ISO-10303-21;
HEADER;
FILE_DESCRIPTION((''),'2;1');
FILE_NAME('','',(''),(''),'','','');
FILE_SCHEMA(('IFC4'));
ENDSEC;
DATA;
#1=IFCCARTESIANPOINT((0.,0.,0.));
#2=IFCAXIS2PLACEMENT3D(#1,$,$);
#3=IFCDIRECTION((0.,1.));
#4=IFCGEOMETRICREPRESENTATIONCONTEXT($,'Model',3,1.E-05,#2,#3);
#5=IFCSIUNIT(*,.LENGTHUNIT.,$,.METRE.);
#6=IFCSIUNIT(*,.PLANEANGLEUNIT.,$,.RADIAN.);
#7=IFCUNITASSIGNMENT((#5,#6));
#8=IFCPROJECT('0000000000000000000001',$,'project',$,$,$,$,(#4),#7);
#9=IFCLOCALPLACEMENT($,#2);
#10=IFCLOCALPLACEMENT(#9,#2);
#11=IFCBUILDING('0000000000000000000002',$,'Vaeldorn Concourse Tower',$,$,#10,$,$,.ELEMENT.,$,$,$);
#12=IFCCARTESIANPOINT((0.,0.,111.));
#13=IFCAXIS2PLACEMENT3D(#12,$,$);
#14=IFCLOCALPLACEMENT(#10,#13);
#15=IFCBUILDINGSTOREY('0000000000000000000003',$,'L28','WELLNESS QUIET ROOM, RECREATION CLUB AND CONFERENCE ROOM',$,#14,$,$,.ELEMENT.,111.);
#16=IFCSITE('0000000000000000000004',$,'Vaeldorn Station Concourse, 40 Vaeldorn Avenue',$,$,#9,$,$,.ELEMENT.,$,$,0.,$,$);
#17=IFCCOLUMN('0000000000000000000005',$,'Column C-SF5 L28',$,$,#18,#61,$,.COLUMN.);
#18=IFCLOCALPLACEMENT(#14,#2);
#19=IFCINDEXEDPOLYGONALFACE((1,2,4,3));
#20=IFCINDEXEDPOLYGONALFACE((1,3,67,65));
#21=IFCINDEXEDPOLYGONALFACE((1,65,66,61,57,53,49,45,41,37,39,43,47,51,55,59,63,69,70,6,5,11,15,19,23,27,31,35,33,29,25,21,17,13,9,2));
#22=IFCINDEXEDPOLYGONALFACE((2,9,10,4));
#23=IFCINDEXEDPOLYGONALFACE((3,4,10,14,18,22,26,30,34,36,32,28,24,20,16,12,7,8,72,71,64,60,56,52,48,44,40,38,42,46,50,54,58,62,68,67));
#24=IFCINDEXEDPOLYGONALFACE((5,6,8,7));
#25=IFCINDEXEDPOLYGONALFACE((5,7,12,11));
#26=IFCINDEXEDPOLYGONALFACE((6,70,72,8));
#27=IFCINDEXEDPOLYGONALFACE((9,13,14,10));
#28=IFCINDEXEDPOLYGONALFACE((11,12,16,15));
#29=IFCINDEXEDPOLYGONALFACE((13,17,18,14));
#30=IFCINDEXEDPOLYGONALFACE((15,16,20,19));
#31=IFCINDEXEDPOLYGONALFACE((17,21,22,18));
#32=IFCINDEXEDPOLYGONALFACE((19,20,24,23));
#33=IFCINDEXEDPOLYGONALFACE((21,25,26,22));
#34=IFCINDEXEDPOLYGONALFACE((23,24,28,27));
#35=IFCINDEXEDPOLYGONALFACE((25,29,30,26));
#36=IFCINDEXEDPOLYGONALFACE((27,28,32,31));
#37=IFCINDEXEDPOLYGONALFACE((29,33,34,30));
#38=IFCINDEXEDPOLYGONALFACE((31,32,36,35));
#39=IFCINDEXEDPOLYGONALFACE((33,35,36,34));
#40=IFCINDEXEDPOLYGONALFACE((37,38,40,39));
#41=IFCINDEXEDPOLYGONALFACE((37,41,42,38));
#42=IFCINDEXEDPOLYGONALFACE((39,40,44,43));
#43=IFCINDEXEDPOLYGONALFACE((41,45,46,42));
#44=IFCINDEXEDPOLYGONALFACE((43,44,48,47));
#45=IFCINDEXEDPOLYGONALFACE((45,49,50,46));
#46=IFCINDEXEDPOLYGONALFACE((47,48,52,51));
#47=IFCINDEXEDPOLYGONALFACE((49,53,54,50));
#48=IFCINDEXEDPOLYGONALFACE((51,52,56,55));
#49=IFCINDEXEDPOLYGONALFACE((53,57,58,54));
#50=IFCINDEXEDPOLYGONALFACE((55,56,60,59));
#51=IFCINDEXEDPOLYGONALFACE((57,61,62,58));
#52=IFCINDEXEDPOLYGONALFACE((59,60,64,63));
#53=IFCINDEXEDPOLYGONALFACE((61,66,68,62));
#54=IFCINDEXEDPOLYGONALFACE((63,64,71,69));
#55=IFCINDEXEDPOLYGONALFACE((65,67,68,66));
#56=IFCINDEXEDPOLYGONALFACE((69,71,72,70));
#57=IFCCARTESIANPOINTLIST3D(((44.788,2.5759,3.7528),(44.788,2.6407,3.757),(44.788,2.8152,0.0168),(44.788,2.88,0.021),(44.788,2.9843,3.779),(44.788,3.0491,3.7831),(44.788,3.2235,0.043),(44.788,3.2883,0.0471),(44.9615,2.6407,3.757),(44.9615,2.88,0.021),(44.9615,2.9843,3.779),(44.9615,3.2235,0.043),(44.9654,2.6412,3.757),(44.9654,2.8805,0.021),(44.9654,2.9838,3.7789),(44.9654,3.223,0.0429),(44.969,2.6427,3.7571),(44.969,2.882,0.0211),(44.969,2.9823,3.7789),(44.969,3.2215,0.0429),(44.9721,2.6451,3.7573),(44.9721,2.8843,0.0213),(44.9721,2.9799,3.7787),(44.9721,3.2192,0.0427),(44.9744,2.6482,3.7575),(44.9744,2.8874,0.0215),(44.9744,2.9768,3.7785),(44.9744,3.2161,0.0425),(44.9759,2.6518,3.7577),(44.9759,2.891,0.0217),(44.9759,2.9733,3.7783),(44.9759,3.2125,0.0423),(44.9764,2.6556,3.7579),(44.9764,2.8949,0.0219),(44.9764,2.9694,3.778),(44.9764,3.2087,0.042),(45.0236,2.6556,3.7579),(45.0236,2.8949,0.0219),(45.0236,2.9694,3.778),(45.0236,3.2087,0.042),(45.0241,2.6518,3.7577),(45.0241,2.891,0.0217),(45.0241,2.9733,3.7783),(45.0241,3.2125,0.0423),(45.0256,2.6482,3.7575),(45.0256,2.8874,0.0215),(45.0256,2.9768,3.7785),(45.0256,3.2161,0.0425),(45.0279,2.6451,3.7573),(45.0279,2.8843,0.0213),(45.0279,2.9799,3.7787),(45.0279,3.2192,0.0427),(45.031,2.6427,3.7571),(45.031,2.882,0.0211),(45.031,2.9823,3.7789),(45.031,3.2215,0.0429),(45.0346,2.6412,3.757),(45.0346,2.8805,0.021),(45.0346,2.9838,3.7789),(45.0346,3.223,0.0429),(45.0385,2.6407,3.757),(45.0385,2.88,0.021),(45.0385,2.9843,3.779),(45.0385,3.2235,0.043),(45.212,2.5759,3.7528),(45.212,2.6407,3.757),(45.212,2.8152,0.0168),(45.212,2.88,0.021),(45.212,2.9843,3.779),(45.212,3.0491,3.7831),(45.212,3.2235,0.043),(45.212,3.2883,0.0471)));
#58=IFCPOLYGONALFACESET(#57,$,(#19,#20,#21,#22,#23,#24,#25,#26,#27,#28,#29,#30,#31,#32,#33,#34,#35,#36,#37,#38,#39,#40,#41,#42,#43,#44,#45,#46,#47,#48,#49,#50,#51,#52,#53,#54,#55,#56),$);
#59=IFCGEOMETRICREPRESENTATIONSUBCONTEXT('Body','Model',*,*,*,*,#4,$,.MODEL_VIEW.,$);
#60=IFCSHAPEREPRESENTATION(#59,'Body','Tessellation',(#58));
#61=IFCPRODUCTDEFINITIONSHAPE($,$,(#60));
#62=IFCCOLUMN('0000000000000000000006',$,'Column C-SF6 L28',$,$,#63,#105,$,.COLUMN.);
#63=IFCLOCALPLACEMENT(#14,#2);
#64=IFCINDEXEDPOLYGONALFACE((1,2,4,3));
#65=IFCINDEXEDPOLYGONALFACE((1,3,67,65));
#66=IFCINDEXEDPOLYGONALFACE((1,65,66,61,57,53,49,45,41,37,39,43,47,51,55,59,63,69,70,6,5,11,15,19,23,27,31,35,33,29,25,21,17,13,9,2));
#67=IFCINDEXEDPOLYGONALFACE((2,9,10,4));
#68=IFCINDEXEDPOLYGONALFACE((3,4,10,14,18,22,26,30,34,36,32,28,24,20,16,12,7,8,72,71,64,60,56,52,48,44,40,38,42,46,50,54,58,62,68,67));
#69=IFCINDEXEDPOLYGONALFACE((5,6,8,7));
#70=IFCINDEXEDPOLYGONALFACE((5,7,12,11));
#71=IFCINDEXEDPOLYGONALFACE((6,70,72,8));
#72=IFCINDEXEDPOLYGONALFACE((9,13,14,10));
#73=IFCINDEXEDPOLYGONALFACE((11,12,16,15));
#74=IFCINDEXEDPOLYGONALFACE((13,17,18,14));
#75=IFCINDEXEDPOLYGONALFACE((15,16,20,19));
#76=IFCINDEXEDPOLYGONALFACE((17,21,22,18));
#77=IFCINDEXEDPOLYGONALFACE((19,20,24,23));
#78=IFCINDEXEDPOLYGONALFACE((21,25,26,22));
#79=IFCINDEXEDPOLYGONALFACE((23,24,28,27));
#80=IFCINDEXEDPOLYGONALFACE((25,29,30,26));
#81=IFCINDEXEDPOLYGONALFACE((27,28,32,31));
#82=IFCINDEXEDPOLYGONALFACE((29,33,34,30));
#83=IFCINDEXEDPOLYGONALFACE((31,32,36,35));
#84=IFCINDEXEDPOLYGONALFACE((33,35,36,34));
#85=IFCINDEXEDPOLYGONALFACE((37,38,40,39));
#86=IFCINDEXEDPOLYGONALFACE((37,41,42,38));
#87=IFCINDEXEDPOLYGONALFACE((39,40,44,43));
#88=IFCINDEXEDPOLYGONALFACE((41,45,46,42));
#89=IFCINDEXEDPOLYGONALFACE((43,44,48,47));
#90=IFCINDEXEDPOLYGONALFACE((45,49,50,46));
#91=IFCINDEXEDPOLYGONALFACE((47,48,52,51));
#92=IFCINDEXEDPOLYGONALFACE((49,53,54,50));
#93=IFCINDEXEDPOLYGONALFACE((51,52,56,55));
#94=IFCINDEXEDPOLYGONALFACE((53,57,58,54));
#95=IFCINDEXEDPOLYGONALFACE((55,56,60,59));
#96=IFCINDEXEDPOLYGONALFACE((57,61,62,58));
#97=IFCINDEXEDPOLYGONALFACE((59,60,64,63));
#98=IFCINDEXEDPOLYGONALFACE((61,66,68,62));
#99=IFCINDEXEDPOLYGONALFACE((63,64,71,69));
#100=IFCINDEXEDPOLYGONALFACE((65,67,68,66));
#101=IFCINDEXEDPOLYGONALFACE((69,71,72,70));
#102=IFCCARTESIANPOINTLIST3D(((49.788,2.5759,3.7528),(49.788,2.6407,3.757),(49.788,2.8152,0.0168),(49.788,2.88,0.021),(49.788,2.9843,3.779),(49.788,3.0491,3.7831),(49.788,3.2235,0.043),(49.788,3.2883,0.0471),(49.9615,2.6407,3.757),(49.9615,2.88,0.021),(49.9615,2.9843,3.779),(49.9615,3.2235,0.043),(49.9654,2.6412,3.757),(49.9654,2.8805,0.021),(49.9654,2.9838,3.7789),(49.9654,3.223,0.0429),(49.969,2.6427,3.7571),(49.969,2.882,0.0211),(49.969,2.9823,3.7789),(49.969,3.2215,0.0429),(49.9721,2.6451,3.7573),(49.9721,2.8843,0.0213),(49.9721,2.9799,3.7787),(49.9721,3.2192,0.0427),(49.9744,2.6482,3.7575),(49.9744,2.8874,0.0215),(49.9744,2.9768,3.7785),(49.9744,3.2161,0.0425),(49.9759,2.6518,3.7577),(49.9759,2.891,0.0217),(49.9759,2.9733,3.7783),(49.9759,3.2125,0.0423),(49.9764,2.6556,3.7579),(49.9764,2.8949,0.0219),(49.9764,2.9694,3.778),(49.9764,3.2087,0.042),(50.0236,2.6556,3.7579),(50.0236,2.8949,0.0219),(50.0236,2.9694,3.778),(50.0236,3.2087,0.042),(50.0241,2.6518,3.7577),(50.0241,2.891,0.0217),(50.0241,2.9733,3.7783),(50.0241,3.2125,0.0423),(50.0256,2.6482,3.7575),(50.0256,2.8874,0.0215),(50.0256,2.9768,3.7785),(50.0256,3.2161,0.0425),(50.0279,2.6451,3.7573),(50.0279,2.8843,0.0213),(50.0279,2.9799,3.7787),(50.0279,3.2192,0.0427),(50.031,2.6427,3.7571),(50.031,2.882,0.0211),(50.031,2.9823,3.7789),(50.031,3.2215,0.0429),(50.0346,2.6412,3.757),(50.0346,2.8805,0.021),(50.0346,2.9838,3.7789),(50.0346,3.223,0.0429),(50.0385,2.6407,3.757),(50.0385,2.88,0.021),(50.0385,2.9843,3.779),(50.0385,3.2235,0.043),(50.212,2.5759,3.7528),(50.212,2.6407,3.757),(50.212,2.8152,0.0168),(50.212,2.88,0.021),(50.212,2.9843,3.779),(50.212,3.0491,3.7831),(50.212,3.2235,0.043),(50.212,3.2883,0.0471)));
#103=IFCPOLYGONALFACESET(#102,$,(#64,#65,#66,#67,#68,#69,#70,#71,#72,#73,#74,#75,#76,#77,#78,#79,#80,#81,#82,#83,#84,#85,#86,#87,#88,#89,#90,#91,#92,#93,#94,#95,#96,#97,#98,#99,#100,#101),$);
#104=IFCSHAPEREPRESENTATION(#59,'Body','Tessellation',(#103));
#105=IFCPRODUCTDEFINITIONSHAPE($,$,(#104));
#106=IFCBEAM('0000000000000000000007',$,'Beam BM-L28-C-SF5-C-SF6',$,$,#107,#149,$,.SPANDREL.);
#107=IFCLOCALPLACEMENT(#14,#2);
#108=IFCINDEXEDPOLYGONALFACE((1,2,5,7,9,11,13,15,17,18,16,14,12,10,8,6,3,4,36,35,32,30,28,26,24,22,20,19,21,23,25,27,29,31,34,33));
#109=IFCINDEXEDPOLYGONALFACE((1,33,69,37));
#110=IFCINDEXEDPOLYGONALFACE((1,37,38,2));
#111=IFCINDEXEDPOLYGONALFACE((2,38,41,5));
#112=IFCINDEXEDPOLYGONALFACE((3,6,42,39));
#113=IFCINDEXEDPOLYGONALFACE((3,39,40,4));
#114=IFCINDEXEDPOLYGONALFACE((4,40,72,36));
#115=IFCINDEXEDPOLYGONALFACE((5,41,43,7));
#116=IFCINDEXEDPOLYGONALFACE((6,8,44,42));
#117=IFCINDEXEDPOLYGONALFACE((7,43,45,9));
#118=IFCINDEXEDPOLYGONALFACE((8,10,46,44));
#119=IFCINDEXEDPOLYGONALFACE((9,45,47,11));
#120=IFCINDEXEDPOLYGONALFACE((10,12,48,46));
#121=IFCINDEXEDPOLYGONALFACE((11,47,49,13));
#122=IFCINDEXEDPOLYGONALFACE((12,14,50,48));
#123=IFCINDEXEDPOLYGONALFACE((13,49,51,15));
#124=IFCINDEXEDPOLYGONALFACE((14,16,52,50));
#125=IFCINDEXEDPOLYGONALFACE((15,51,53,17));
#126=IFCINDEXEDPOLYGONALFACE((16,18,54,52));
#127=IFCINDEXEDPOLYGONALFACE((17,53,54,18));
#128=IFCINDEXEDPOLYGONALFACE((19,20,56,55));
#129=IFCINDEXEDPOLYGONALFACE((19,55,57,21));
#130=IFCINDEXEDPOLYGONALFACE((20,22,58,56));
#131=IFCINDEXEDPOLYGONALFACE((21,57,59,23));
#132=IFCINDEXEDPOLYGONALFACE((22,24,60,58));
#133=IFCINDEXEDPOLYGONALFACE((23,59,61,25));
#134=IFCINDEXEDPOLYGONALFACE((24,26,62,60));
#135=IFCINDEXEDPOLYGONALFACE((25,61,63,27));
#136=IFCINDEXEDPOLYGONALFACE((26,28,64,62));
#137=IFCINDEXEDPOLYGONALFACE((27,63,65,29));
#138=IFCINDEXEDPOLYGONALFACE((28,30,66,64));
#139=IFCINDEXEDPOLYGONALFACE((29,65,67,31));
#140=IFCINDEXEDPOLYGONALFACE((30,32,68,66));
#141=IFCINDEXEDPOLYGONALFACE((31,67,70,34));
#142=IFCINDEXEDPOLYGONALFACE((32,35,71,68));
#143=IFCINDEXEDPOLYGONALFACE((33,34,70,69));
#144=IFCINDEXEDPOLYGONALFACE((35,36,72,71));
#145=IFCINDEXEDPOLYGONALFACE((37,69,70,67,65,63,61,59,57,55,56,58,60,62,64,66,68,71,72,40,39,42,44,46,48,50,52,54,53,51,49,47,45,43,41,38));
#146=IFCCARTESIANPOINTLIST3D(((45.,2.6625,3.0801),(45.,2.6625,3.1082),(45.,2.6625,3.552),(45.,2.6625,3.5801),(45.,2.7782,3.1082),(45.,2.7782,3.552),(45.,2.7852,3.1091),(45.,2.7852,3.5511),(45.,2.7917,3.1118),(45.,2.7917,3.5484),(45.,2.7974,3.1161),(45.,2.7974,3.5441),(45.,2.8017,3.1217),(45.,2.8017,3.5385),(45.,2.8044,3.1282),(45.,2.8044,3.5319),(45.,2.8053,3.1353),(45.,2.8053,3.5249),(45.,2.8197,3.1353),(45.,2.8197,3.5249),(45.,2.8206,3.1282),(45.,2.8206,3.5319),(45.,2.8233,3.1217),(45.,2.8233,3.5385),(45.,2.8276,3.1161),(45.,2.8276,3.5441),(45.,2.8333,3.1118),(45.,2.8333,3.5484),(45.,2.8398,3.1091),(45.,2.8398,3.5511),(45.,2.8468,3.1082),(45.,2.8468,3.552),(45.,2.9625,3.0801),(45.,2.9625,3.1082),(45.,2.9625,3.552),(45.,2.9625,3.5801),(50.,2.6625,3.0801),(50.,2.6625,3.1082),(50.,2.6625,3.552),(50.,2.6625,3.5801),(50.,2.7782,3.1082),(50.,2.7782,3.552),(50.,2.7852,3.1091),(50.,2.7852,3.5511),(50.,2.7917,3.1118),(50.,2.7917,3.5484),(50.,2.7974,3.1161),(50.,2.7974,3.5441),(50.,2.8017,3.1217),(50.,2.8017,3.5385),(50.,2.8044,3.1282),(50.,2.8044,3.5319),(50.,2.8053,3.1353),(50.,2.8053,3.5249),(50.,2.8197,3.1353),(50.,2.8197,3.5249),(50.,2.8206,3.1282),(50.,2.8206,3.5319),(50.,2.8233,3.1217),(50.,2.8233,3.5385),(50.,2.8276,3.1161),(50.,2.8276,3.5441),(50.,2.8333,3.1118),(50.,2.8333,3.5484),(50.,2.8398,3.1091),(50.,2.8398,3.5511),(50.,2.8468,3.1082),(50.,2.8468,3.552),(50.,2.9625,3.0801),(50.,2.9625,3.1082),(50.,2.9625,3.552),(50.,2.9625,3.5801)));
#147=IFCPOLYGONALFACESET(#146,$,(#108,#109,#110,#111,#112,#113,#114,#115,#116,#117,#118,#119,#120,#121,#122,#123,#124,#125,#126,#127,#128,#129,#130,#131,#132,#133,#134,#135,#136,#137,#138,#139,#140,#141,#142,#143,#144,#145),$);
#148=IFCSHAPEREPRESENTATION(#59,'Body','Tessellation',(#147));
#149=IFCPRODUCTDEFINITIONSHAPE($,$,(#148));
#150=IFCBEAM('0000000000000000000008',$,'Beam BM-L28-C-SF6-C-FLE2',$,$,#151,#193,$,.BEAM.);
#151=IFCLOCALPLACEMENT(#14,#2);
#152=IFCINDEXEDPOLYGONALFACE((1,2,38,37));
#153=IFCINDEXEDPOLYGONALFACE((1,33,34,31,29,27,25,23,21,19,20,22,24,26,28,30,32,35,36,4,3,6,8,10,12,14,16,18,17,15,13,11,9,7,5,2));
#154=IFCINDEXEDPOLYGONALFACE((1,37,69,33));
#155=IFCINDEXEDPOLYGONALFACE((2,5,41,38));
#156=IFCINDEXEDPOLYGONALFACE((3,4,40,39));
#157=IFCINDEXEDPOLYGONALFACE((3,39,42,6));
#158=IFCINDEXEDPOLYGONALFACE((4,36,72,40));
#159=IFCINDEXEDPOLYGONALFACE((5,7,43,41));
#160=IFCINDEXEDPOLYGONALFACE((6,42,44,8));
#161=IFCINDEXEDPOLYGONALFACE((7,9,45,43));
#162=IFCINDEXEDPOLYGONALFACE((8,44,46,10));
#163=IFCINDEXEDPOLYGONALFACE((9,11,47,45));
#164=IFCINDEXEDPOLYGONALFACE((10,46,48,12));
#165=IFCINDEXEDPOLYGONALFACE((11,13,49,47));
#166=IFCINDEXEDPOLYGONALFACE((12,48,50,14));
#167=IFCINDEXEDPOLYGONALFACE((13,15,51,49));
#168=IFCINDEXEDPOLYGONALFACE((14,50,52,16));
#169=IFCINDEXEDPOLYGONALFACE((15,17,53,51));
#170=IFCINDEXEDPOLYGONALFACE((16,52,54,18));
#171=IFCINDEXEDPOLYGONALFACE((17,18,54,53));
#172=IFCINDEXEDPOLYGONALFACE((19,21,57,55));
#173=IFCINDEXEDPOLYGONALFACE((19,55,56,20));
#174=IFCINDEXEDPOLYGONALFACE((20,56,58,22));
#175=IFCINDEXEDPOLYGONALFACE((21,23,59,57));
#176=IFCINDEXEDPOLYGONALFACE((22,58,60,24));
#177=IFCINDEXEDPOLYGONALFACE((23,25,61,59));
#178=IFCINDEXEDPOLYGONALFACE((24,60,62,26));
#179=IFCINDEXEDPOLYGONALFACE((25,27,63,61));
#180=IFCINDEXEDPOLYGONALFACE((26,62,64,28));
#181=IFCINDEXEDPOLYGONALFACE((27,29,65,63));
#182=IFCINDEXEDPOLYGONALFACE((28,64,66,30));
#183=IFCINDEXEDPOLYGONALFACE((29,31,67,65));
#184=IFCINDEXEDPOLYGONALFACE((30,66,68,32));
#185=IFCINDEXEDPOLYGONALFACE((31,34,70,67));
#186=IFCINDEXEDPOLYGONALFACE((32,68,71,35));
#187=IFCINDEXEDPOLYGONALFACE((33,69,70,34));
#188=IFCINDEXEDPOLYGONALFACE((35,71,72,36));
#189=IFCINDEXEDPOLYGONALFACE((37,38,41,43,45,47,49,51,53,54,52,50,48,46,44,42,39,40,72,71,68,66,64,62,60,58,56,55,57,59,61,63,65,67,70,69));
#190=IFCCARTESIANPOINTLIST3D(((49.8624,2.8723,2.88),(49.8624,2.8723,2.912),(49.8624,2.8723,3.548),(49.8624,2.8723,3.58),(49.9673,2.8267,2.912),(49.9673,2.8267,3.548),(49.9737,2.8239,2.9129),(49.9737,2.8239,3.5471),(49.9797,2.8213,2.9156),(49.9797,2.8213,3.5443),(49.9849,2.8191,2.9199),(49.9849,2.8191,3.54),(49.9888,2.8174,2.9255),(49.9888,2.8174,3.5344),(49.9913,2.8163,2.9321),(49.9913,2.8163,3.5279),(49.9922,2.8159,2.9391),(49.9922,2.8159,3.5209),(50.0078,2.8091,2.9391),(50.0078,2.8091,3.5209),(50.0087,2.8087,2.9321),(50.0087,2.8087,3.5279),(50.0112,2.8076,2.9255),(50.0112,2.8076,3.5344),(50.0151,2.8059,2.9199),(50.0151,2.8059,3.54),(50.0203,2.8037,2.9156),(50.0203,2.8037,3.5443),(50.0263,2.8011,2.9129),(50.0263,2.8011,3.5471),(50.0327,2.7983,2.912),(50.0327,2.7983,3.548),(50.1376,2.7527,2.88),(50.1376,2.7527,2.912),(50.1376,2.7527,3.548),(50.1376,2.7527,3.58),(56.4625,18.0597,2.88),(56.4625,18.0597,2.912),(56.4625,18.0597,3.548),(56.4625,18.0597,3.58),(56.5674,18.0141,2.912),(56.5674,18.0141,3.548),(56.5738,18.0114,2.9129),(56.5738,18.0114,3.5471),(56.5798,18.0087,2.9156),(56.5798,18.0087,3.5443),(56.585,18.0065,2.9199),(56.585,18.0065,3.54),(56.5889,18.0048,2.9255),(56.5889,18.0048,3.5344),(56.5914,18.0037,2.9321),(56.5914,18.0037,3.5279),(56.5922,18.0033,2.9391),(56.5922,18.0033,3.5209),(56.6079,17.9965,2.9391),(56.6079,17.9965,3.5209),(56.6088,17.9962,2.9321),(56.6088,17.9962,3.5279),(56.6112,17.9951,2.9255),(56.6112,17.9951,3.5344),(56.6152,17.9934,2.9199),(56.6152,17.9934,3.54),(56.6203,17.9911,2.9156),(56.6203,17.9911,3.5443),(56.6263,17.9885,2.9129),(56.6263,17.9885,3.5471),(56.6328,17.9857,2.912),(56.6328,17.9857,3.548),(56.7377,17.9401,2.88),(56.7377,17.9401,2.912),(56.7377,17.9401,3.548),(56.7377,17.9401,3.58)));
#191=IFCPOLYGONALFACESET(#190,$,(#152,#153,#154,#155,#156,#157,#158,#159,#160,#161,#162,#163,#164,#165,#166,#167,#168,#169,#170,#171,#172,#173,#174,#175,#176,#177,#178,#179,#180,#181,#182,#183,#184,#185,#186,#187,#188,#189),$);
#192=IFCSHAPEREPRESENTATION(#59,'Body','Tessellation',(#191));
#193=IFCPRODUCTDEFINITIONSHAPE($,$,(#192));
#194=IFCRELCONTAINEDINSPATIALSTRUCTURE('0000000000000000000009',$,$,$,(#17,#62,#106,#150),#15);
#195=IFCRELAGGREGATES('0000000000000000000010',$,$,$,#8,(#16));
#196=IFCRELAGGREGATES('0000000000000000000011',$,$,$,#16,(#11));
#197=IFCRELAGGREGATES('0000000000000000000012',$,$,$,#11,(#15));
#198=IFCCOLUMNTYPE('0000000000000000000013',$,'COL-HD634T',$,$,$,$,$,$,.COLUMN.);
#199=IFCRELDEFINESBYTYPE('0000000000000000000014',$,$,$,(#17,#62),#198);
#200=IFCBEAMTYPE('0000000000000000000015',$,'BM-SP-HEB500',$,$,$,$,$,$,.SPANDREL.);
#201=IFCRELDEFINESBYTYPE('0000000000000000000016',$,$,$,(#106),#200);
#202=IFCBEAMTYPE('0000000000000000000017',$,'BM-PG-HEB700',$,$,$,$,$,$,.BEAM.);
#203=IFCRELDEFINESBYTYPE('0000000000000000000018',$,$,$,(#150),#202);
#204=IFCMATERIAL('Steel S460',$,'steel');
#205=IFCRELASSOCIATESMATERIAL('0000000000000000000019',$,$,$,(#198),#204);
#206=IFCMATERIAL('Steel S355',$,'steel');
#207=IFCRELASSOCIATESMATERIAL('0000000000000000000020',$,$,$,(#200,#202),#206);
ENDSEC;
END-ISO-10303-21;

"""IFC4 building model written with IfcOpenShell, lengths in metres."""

from ifc_helpers import new_model, si_unit, direction, frame, origin, origin_2d, place, context, subcontext, project, spatial, i_section, extrude, source, transform, mapped, material, material_profile, profile_set, type_object, element, save


model = new_model("IFC4")

# Units and contexts
model_context = context("Model", 3, precision=1e-05, world=origin(), true_north=direction((0.0, 1.0)))
body_context = subcontext(model_context, "Body", "Model", "MODEL_VIEW")
ifc_project = project(units=[si_unit("LENGTHUNIT", "METRE"), si_unit("PLANEANGLEUNIT", "RADIAN")], contexts=[model_context])

# Site, building, storey
site_placement = place(None, origin())
site = spatial("IfcSite", under=ifc_project, at=site_placement, Name="Vaeldorn Station Concourse, 40 Vaeldorn Avenue", CompositionType="ELEMENT", RefElevation=0.0)
building_placement = place(site_placement, origin())
building = spatial("IfcBuilding", under=site, at=building_placement, Name="Vaeldorn Concourse Tower", CompositionType="ELEMENT")
storey_placement = place(building_placement, frame((0.0, 0.0, 111.0)))
storey = spatial("IfcBuildingStorey", under=building, at=storey_placement, Name="L28", Description="WELLNESS QUIET ROOM, RECREATION CLUB AND CONFERENCE ROOM", CompositionType="ELEMENT", Elevation=111.0)

# Columns
ifc_material_1 = material(Name="Steel S460", Category="steel")
ifc_material_profile_1 = material_profile(ifc_material_1, i_section(OverallWidth=0.4241, OverallDepth=0.4741, WebThickness=0.0471, FlangeThickness=0.0649, FilletRadius=0.0149, at=origin_2d()), Name="HD 400x634")
ifc_profile_set_1 = profile_set([ifc_material_profile_1], Name="Steel S460")
column_type = type_object("IfcColumnType", Name="COL-HD634T", PredefinedType="COLUMN", material=ifc_profile_set_1)
shared_shape_1 = source(origin(), body_context, "Body", "SweptSolid", [
    extrude(i_section(OverallWidth=0.4241, OverallDepth=0.4741, WebThickness=0.0471, FlangeThickness=0.0649, FilletRadius=0.0149, at=origin_2d()), origin(), (0.0, 0.0, 1.0), 3.7437),
])
for number, where, z_axis, x_axis, name in (
    (1, (45.0, 3.0518, 0.032), (0.0, -0.063909, 0.997956), (1.0, 0.0, 0.0), "Column C-SF5 L28"),
    (2, (50.0, 3.0518, 0.032), (0.0, -0.063909, 0.997956), (1.0, 0.0, 0.0), "Column C-SF6 L28"),
):
    element("IfcColumn", number, at=place(storey_placement, frame(where, z_axis=z_axis, x_axis=x_axis)), inside=storey, type_object=column_type, Name=name, PredefinedType="COLUMN", context=body_context, shape_type="MappedRepresentation", body=[
        mapped(shared_shape_1, transform((0.0, 0.0, 0.0), scale=1.0)),
    ])

# Beams
ifc_material_2 = material(Name="Steel S355", Category="steel")
ifc_material_profile_2 = material_profile(ifc_material_2, i_section(OverallWidth=0.3, OverallDepth=0.5, WebThickness=0.0144, FlangeThickness=0.0281, FilletRadius=0.0271, at=origin_2d()), Name="HEB 500")
ifc_profile_set_2 = profile_set([ifc_material_profile_2], Name="Steel S355")
beam_type_1 = type_object("IfcBeamType", Name="BM-SP-HEB500", PredefinedType="SPANDREL", material=ifc_profile_set_2)
shared_shape_2 = source(origin(), body_context, "Body", "SweptSolid", [
    extrude(i_section(OverallWidth=0.3, OverallDepth=0.5, WebThickness=0.0144, FlangeThickness=0.0281, FilletRadius=0.0271, at=origin_2d()), origin(), (0.0, 0.0, 1.0), 5.0),
])
beam_1_placement = place(storey_placement, frame((45.0, 2.8125, 3.3301), z_axis=(1.0, 0.0, 0.0), x_axis=(0.0, 1.0, 0.0)))
element("IfcBeam", 3, at=beam_1_placement, inside=storey, type_object=beam_type_1, Name="Beam BM-L28-C-SF5-C-SF6", PredefinedType="SPANDREL", context=body_context, shape_type="MappedRepresentation", body=[
    mapped(shared_shape_2, transform((0.0, 0.0, 0.0), scale=1.0)),
])
ifc_material_profile_3 = material_profile(ifc_material_2, i_section(OverallWidth=0.3, OverallDepth=0.7, WebThickness=0.0171, FlangeThickness=0.032, FilletRadius=0.0271, at=origin_2d()), Name="HEB 700")
ifc_profile_set_3 = profile_set([ifc_material_profile_3], Name="Steel S355")
beam_type_2 = type_object("IfcBeamType", Name="BM-PG-HEB700", PredefinedType="BEAM", material=ifc_profile_set_3)
shared_shape_3 = source(origin(), body_context, "Body", "SweptSolid", [
    extrude(i_section(OverallWidth=0.3, OverallDepth=0.7, WebThickness=0.0171, FlangeThickness=0.032, FilletRadius=0.0271, at=origin_2d()), origin(), (0.0, 0.0, 1.0), 16.5596),
])
beam_2_placement = place(storey_placement, frame((50.0, 2.8125, 3.23), z_axis=(0.398565, 0.91714, 0.0), x_axis=(-0.91714, 0.398565, 0.0)))
element("IfcBeam", 4, at=beam_2_placement, inside=storey, type_object=beam_type_2, Name="Beam BM-L28-C-SF6-C-FLE2", PredefinedType="BEAM", context=body_context, shape_type="MappedRepresentation", body=[
    mapped(shared_shape_3, transform((0.0, 0.0, 0.0), scale=1.0)),
])

save(model, "model.ifc")
